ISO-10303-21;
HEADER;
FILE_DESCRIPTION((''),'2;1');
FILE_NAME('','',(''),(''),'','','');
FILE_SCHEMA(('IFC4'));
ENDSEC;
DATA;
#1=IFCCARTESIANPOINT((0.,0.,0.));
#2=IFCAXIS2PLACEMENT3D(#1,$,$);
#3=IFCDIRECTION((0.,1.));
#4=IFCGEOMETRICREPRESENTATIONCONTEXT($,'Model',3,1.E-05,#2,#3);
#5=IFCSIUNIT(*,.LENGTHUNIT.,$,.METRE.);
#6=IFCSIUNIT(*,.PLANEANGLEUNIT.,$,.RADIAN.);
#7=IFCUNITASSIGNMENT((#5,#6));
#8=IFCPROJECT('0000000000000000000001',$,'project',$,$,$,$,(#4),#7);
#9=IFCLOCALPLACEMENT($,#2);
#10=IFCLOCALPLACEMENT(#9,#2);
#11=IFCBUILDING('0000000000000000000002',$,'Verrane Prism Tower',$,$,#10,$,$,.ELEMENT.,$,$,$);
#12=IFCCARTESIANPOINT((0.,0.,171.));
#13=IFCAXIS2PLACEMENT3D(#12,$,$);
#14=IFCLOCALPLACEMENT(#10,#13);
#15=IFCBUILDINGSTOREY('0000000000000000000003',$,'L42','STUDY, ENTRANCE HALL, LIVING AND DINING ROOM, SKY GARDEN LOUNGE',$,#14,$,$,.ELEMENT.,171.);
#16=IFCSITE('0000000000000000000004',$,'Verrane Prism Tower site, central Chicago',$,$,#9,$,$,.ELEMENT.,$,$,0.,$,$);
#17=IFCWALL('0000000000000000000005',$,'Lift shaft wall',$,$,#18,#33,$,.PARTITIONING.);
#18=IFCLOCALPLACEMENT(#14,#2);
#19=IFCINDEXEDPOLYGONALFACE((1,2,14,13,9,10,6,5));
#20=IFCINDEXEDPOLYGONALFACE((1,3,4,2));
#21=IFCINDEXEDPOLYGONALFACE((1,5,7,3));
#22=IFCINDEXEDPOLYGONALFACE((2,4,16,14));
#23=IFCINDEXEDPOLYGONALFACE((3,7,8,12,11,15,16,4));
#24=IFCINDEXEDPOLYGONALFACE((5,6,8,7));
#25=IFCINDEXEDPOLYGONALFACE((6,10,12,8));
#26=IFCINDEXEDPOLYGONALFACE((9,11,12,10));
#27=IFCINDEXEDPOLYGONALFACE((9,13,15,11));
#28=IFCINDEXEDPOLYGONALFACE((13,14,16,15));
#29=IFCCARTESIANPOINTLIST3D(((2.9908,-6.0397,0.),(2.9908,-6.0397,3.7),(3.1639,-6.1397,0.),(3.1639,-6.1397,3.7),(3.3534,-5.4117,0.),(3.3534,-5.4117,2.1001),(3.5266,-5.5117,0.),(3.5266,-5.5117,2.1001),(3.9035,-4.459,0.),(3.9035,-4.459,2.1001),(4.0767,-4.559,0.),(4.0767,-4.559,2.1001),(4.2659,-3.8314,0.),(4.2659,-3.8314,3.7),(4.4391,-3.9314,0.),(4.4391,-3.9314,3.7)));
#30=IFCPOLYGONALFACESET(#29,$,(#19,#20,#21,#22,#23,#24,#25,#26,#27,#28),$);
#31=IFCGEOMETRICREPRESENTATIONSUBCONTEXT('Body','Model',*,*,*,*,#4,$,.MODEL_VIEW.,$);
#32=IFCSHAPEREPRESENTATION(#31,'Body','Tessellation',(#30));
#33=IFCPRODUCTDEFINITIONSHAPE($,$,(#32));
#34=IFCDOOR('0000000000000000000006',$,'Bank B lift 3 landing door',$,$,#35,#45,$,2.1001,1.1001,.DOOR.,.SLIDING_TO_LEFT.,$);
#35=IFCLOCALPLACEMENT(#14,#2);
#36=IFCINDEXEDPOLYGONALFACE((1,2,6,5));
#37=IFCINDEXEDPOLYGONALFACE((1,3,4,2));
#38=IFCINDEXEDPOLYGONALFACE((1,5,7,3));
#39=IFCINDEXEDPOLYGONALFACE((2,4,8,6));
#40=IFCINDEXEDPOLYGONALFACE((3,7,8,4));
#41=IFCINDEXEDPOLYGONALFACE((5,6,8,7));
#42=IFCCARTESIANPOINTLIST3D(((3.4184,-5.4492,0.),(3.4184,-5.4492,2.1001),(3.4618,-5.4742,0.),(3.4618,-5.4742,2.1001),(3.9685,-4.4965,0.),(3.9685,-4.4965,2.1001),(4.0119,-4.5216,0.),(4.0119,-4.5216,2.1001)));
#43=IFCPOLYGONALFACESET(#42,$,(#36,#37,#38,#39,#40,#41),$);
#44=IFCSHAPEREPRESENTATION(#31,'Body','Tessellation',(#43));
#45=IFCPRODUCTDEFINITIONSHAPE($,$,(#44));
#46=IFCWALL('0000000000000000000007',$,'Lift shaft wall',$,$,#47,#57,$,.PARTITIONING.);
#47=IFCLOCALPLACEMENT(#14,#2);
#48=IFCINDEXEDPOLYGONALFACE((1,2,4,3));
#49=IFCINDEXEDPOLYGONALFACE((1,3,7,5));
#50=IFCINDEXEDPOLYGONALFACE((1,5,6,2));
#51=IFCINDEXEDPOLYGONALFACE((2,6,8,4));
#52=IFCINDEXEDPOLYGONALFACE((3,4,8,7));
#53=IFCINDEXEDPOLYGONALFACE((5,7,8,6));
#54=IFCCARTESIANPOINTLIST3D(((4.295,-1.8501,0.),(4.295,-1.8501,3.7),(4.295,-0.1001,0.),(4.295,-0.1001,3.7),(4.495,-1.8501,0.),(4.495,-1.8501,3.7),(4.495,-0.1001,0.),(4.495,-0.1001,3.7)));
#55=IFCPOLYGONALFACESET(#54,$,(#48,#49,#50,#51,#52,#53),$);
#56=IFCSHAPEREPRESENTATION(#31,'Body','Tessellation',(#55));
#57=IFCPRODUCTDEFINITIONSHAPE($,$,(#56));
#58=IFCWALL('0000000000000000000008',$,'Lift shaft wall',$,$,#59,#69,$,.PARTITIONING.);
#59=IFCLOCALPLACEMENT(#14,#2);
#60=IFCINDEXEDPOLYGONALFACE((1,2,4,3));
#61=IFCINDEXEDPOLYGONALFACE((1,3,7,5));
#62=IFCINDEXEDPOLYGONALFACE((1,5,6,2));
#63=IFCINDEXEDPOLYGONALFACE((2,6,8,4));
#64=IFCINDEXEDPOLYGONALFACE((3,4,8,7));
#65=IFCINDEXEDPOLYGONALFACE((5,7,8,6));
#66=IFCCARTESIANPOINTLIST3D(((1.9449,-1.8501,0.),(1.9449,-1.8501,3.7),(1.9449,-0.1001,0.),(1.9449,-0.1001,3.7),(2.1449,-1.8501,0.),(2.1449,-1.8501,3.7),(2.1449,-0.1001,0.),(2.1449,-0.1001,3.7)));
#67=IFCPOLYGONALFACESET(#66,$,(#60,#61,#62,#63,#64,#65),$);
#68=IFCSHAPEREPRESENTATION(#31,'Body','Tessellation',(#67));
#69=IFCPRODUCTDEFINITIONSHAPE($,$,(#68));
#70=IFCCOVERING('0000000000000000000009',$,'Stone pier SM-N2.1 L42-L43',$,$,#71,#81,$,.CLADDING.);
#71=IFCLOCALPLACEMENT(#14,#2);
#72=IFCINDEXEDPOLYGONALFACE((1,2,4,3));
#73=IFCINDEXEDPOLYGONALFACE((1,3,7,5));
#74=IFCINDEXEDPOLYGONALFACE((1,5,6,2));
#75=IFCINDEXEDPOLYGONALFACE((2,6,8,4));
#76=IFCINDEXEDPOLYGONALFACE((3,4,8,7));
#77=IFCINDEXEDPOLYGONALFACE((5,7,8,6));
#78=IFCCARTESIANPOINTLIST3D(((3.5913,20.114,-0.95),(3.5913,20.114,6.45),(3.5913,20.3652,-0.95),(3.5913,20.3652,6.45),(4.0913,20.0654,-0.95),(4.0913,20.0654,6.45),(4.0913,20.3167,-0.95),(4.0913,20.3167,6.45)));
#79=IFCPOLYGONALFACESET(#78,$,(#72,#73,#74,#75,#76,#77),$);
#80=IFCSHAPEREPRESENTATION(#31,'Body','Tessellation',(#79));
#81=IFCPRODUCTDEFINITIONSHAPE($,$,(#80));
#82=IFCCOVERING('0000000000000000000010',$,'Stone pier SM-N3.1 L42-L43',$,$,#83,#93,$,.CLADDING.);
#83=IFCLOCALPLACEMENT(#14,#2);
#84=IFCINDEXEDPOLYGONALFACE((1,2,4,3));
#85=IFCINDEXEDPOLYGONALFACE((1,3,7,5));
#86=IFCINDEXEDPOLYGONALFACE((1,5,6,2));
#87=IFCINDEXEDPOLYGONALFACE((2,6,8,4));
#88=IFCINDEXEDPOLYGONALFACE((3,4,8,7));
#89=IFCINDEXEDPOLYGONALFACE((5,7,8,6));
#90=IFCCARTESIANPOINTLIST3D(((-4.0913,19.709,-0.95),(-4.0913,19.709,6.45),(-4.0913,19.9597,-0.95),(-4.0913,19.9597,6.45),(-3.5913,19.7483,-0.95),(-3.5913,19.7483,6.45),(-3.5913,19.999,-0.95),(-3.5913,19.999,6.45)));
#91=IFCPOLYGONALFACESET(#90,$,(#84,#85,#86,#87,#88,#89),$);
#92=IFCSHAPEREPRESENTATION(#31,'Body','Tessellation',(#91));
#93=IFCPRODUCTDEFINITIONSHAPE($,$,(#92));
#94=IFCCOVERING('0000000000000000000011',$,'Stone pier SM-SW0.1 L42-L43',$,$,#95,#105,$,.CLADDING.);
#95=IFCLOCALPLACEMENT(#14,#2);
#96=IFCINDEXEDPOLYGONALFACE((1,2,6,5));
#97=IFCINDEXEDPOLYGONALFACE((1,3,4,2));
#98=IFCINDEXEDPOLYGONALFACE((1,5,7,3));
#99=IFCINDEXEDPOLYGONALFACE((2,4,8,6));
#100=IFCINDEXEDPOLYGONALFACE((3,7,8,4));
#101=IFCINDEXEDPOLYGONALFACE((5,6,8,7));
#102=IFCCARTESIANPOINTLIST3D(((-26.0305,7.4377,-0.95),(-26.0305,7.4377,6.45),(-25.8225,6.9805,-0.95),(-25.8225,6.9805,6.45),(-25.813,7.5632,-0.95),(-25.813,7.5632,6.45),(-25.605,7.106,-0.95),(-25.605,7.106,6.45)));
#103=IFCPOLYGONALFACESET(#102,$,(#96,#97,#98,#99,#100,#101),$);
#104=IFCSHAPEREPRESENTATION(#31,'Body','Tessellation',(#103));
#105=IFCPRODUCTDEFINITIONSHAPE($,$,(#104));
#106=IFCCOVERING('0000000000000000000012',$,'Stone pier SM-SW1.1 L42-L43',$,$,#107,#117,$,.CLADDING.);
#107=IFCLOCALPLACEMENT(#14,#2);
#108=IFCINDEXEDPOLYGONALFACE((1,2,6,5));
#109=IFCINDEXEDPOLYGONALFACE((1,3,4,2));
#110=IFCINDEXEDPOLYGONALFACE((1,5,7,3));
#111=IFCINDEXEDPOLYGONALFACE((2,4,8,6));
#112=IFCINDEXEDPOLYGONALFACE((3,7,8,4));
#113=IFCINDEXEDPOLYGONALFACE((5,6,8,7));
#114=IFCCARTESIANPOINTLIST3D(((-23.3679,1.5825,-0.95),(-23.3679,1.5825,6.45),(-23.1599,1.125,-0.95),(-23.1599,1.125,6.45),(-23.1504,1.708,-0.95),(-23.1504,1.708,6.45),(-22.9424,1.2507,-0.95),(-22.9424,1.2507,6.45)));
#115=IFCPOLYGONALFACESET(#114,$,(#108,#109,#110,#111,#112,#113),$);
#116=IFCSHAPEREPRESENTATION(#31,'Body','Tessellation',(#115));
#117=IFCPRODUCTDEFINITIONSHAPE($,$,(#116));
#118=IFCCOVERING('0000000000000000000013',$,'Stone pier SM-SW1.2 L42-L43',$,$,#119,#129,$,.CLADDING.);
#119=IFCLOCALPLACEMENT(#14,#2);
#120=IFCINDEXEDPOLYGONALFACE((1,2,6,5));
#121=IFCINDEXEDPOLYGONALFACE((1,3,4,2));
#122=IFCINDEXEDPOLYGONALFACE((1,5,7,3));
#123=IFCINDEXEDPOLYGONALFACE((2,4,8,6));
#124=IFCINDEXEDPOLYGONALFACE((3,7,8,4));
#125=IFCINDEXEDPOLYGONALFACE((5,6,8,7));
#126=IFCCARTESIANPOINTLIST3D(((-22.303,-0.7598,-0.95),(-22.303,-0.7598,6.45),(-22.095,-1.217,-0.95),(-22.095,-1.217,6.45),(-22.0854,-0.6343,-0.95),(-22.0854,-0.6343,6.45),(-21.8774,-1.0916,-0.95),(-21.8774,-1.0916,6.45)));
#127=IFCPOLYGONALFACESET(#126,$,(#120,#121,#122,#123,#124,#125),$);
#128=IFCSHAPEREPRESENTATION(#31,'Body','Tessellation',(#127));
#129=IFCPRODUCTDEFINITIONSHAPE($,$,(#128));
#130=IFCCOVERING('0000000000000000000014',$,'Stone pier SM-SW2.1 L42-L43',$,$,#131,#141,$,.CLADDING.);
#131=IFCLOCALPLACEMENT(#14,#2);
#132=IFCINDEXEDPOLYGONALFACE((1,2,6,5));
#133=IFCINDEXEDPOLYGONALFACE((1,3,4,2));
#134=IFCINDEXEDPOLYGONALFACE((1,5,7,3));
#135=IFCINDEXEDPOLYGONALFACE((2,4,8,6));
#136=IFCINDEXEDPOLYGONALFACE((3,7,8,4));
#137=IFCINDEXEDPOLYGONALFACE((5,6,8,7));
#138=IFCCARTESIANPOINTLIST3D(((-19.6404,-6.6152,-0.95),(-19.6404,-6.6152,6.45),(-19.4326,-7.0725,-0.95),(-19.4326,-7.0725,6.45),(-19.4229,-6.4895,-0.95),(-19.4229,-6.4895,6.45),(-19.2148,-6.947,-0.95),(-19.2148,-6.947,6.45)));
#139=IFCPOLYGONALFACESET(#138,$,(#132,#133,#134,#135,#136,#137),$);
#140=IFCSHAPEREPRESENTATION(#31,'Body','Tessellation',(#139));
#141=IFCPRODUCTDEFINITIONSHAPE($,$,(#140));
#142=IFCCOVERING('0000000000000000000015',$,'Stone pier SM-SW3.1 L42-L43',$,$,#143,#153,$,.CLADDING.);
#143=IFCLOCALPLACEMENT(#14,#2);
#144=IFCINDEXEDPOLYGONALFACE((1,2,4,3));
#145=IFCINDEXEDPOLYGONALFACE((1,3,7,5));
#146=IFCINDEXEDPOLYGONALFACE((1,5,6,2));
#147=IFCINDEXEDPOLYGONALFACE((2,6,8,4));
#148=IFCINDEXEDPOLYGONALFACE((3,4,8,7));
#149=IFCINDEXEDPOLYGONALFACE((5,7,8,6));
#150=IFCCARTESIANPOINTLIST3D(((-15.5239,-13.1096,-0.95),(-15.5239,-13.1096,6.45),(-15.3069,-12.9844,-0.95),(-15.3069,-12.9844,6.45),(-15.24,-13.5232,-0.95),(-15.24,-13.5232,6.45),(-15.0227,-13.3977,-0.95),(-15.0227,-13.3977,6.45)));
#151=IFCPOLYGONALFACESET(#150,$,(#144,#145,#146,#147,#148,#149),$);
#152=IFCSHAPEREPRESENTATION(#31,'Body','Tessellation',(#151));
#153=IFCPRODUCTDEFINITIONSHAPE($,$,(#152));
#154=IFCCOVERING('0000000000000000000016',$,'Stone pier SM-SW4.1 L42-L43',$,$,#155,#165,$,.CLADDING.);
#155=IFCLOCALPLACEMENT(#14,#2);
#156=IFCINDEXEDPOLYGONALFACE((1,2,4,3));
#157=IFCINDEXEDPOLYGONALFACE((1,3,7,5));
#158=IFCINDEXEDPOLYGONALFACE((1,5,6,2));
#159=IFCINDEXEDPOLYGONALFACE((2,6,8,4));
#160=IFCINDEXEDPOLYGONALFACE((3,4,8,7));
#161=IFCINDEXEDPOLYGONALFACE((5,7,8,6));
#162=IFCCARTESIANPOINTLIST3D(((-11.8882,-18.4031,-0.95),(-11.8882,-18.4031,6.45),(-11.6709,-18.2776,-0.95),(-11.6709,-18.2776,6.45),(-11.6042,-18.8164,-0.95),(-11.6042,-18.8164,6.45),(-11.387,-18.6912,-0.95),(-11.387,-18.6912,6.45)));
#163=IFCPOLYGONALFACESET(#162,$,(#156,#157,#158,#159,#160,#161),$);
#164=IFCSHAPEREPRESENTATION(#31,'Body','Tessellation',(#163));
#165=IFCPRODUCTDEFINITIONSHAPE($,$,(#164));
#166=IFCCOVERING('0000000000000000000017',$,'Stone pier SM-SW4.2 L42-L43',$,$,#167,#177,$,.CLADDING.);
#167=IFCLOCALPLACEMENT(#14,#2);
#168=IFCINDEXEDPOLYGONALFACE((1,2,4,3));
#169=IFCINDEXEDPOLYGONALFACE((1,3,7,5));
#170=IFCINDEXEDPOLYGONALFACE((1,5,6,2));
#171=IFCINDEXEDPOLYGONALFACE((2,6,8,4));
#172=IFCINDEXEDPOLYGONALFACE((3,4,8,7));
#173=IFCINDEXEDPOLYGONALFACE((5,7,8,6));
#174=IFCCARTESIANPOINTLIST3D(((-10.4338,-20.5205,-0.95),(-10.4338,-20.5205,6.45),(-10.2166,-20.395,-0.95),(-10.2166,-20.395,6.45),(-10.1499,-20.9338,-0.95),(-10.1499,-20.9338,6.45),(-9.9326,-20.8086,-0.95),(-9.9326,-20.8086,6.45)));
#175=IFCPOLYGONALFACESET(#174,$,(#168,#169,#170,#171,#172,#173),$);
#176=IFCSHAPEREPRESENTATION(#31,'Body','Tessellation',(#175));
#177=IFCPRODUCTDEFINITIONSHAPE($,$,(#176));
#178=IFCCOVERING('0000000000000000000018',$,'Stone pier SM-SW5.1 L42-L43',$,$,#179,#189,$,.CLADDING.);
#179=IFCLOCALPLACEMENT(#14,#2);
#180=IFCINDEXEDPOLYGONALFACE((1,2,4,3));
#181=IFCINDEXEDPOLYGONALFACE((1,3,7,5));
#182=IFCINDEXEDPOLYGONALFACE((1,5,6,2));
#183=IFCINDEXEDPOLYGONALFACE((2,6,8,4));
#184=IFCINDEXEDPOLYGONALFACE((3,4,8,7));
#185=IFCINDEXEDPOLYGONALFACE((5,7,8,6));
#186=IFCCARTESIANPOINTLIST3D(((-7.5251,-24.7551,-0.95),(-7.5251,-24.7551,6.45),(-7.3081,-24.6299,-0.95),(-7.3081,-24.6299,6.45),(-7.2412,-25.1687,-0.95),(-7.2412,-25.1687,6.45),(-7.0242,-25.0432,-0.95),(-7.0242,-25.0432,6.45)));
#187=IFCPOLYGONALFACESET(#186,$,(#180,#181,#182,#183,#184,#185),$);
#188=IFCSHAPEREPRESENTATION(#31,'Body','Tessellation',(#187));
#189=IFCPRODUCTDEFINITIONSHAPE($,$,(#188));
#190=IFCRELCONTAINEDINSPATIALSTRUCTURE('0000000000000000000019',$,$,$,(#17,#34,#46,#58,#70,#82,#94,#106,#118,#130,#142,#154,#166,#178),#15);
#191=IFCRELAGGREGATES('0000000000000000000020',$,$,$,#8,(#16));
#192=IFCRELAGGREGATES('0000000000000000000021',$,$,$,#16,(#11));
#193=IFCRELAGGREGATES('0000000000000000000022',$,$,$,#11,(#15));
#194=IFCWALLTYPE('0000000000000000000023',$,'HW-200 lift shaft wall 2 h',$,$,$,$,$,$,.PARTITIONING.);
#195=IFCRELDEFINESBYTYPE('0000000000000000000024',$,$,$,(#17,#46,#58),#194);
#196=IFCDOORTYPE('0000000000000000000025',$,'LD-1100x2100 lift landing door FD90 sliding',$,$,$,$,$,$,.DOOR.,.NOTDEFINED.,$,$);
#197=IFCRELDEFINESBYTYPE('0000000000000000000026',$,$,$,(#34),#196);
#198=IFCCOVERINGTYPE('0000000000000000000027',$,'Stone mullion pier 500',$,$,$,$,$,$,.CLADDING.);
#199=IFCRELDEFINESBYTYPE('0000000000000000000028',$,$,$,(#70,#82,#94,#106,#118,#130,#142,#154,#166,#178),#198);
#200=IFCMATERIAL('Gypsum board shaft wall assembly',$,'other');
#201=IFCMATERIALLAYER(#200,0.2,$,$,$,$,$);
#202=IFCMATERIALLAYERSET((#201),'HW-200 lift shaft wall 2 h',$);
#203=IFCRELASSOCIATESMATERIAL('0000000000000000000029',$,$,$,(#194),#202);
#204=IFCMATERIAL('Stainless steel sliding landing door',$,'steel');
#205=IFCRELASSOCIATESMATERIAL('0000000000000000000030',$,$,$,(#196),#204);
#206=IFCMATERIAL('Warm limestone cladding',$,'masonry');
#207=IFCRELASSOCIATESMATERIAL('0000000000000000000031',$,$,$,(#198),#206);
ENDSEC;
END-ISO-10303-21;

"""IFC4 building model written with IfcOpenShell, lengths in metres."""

from ifc_helpers import new_model, si_unit, direction, frame, frame_2d, origin, place, context, subcontext, project, spatial, polyline, rectangle, outline, extrude, material, layer, layer_set, type_object, element, fill, save


model = new_model("IFC4")

# Units and contexts
model_context = context("Model", 3, precision=1e-05, world=origin(), true_north=direction((0.0, 1.0)))
body_context = subcontext(model_context, "Body", "Model", "MODEL_VIEW")
ifc_project = project(units=[si_unit("LENGTHUNIT", "METRE"), si_unit("PLANEANGLEUNIT", "RADIAN")], contexts=[model_context])

# Site, building, storey
site_placement = place(None, origin())
site = spatial("IfcSite", under=ifc_project, at=site_placement, Name="Verrane Prism Tower site, central Chicago", CompositionType="ELEMENT", RefElevation=0.0)
building_placement = place(site_placement, origin())
building = spatial("IfcBuilding", under=site, at=building_placement, Name="Verrane Prism Tower", CompositionType="ELEMENT")
storey_placement = place(building_placement, frame((0.0, 0.0, 171.0)))
storey = spatial("IfcBuildingStorey", under=building, at=storey_placement, Name="L42", Description="STUDY, ENTRANCE HALL, LIVING AND DINING ROOM, SKY GARDEN LOUNGE", CompositionType="ELEMENT", Elevation=171.0)

# Wall, opening, door
ifc_material_1 = material(Name="Gypsum board shaft wall assembly", Category="other")
ifc_layer_1 = layer(ifc_material_1, 0.2)
ifc_layer_set_1 = layer_set([ifc_layer_1], Name="HW-200 lift shaft wall 2 h")
wall_type = type_object("IfcWallType", Name="HW-200 lift shaft wall 2 h", PredefinedType="PARTITIONING", material=ifc_layer_set_1)
wall_placement = place(storey_placement, frame((3.0774, -6.0896, 0.0), z_axis=(0.0, 0.0, 1.0), x_axis=(0.500062, 0.865989, 0.0)))
wall = element("IfcWall", 1, at=wall_placement, inside=storey, type_object=wall_type, Name="Lift shaft wall", PredefinedType="PARTITIONING", context=body_context, shape_type="SweptSolid", body=[
    extrude(rectangle(XDim=2.55, YDim=0.2, at=frame_2d((1.2749, 0.0))), origin(), (0.0, 0.0, 1.0), 3.7),
])
opening_placement = place(wall_placement, frame((0.7251, 0.0, 0.0)))
opening = element("IfcOpeningElement", 2, at=opening_placement, cuts=wall, PredefinedType="OPENING", context=body_context, shape_type="SweptSolid", body=[
    extrude(rectangle(XDim=1.1001, YDim=2.1001, at=frame_2d((0.55, 1.05))), frame((0.0, 0.1099, 0.0), z_axis=(0.0, -1.0, 0.0), x_axis=(1.0, 0.0, 0.0)), (0.0, 0.0, 1.0), 0.22),
])
ifc_material_2 = material(Name="Stainless steel sliding landing door", Category="steel")
door_type = type_object("IfcDoorType", Name="LD-1100x2100 lift landing door FD90 sliding", OperationType="NOTDEFINED", PredefinedType="DOOR", material=ifc_material_2)
door_placement = place(opening_placement, origin())
door = element("IfcDoor", 3, at=door_placement, inside=storey, type_object=door_type, Name="Bank B lift 3 landing door", OperationType="SLIDING_TO_LEFT", OverallHeight=2.1001, OverallWidth=1.1001, PredefinedType="DOOR", context=body_context, shape_type="SweptSolid", body=[
    extrude(rectangle(XDim=1.1001, YDim=2.1001, at=frame_2d((0.55, 1.05))), frame((0.0, 0.0249, 0.0), z_axis=(0.0, -1.0, 0.0), x_axis=(1.0, 0.0, 0.0)), (0.0, 0.0, 1.0), 0.05),
])
fill(opening, door)

# Walls
for number, where, z_axis, x_axis, name in (
    (4, (4.395, -1.8501, 0.0), (0.0, 0.0, 1.0), (0.0, 1.0, 0.0), "Lift shaft wall"),
    (5, (2.0449, -1.8501, 0.0), (0.0, 0.0, 1.0), (0.0, 1.0, 0.0), "Lift shaft wall"),
):
    element("IfcWall", number, at=place(storey_placement, frame(where, z_axis=z_axis, x_axis=x_axis)), inside=storey, type_object=wall_type, Name=name, PredefinedType="PARTITIONING", context=body_context, shape_type="SweptSolid", body=[
        extrude(rectangle(XDim=1.75, YDim=0.2, at=frame_2d((0.875, 0.0))), origin(), (0.0, 0.0, 1.0), 3.7),
    ])

# Coverings
ifc_material_3 = material(Name="Warm limestone cladding", Category="masonry")
covering_type_1 = type_object("IfcCoveringType", Name="Stone mullion pier 500", PredefinedType="CLADDING", material=ifc_material_3)
covering_1_placement = place(storey_placement, frame((0.0, 0.0, -0.95)))
element("IfcCovering", 6, at=covering_1_placement, inside=storey, type_object=covering_type_1, Name="Stone pier SM-N2.1 L42-L43", PredefinedType="CLADDING", context=body_context, shape_type="SweptSolid", body=[
    extrude(outline(polyline([(3.5913, 20.114), (4.0913, 20.0654), (4.0913, 20.3167), (3.5913, 20.3652), (3.5913, 20.114)])), origin(), (0.0, 0.0, 1.0), 7.3999),
])
covering_2_placement = place(storey_placement, frame((0.0, 0.0, -0.95)))
element("IfcCovering", 7, at=covering_2_placement, inside=storey, type_object=covering_type_1, Name="Stone pier SM-N3.1 L42-L43", PredefinedType="CLADDING", context=body_context, shape_type="SweptSolid", body=[
    extrude(outline(polyline([(-4.0913, 19.709), (-3.5913, 19.7483), (-3.5913, 19.999), (-4.0913, 19.9597), (-4.0913, 19.709)])), origin(), (0.0, 0.0, 1.0), 7.3999),
])
covering_3_placement = place(storey_placement, frame((0.0, 0.0, -0.95)))
element("IfcCovering", 8, at=covering_3_placement, inside=storey, type_object=covering_type_1, Name="Stone pier SM-SW0.1 L42-L43", PredefinedType="CLADDING", context=body_context, shape_type="SweptSolid", body=[
    extrude(outline(polyline([(-25.605, 7.106), (-25.813, 7.5632), (-26.0305, 7.4377), (-25.8225, 6.9805), (-25.605, 7.106)])), origin(), (0.0, 0.0, 1.0), 7.3999),
])
covering_4_placement = place(storey_placement, frame((0.0, 0.0, -0.95)))
element("IfcCovering", 9, at=covering_4_placement, inside=storey, type_object=covering_type_1, Name="Stone pier SM-SW1.1 L42-L43", PredefinedType="CLADDING", context=body_context, shape_type="SweptSolid", body=[
    extrude(outline(polyline([(-22.9424, 1.2507), (-23.1504, 1.708), (-23.3679, 1.5825), (-23.1599, 1.125), (-22.9424, 1.2507)])), origin(), (0.0, 0.0, 1.0), 7.3999),
])
covering_5_placement = place(storey_placement, frame((0.0, 0.0, -0.95)))
element("IfcCovering", 10, at=covering_5_placement, inside=storey, type_object=covering_type_1, Name="Stone pier SM-SW1.2 L42-L43", PredefinedType="CLADDING", context=body_context, shape_type="SweptSolid", body=[
    extrude(outline(polyline([(-21.8774, -1.0916), (-22.0854, -0.6343), (-22.303, -0.7598), (-22.095, -1.217), (-21.8774, -1.0916)])), origin(), (0.0, 0.0, 1.0), 7.3999),
])
covering_6_placement = place(storey_placement, frame((0.0, 0.0, -0.95)))
element("IfcCovering", 11, at=covering_6_placement, inside=storey, type_object=covering_type_1, Name="Stone pier SM-SW2.1 L42-L43", PredefinedType="CLADDING", context=body_context, shape_type="SweptSolid", body=[
    extrude(outline(polyline([(-19.2148, -6.947), (-19.4229, -6.4895), (-19.6404, -6.6152), (-19.4326, -7.0725), (-19.2148, -6.947)])), origin(), (0.0, 0.0, 1.0), 7.3999),
])
covering_7_placement = place(storey_placement, frame((0.0, 0.0, -0.95)))
element("IfcCovering", 12, at=covering_7_placement, inside=storey, type_object=covering_type_1, Name="Stone pier SM-SW3.1 L42-L43", PredefinedType="CLADDING", context=body_context, shape_type="SweptSolid", body=[
    extrude(outline(polyline([(-15.0227, -13.3977), (-15.3069, -12.9844), (-15.5239, -13.1096), (-15.24, -13.5232), (-15.0227, -13.3977)])), origin(), (0.0, 0.0, 1.0), 7.3999),
])
covering_8_placement = place(storey_placement, frame((0.0, 0.0, -0.95)))
element("IfcCovering", 13, at=covering_8_placement, inside=storey, type_object=covering_type_1, Name="Stone pier SM-SW4.1 L42-L43", PredefinedType="CLADDING", context=body_context, shape_type="SweptSolid", body=[
    extrude(outline(polyline([(-11.387, -18.6912), (-11.6709, -18.2776), (-11.8882, -18.4031), (-11.6042, -18.8164), (-11.387, -18.6912)])), origin(), (0.0, 0.0, 1.0), 7.3999),
])
covering_9_placement = place(storey_placement, frame((0.0, 0.0, -0.95)))
element("IfcCovering", 14, at=covering_9_placement, inside=storey, type_object=covering_type_1, Name="Stone pier SM-SW4.2 L42-L43", PredefinedType="CLADDING", context=body_context, shape_type="SweptSolid", body=[
    extrude(outline(polyline([(-9.9326, -20.8086), (-10.2166, -20.395), (-10.4338, -20.5205), (-10.1499, -20.9338), (-9.9326, -20.8086)])), origin(), (0.0, 0.0, 1.0), 7.3999),
])
covering_10_placement = place(storey_placement, frame((0.0, 0.0, -0.95)))
element("IfcCovering", 15, at=covering_10_placement, inside=storey, type_object=covering_type_1, Name="Stone pier SM-SW5.1 L42-L43", PredefinedType="CLADDING", context=body_context, shape_type="SweptSolid", body=[
    extrude(outline(polyline([(-7.0242, -25.0432), (-7.3081, -24.6299), (-7.5251, -24.7551), (-7.2412, -25.1687), (-7.0242, -25.0432)])), origin(), (0.0, 0.0, 1.0), 7.3999),
])

save(model, "model.ifc")
